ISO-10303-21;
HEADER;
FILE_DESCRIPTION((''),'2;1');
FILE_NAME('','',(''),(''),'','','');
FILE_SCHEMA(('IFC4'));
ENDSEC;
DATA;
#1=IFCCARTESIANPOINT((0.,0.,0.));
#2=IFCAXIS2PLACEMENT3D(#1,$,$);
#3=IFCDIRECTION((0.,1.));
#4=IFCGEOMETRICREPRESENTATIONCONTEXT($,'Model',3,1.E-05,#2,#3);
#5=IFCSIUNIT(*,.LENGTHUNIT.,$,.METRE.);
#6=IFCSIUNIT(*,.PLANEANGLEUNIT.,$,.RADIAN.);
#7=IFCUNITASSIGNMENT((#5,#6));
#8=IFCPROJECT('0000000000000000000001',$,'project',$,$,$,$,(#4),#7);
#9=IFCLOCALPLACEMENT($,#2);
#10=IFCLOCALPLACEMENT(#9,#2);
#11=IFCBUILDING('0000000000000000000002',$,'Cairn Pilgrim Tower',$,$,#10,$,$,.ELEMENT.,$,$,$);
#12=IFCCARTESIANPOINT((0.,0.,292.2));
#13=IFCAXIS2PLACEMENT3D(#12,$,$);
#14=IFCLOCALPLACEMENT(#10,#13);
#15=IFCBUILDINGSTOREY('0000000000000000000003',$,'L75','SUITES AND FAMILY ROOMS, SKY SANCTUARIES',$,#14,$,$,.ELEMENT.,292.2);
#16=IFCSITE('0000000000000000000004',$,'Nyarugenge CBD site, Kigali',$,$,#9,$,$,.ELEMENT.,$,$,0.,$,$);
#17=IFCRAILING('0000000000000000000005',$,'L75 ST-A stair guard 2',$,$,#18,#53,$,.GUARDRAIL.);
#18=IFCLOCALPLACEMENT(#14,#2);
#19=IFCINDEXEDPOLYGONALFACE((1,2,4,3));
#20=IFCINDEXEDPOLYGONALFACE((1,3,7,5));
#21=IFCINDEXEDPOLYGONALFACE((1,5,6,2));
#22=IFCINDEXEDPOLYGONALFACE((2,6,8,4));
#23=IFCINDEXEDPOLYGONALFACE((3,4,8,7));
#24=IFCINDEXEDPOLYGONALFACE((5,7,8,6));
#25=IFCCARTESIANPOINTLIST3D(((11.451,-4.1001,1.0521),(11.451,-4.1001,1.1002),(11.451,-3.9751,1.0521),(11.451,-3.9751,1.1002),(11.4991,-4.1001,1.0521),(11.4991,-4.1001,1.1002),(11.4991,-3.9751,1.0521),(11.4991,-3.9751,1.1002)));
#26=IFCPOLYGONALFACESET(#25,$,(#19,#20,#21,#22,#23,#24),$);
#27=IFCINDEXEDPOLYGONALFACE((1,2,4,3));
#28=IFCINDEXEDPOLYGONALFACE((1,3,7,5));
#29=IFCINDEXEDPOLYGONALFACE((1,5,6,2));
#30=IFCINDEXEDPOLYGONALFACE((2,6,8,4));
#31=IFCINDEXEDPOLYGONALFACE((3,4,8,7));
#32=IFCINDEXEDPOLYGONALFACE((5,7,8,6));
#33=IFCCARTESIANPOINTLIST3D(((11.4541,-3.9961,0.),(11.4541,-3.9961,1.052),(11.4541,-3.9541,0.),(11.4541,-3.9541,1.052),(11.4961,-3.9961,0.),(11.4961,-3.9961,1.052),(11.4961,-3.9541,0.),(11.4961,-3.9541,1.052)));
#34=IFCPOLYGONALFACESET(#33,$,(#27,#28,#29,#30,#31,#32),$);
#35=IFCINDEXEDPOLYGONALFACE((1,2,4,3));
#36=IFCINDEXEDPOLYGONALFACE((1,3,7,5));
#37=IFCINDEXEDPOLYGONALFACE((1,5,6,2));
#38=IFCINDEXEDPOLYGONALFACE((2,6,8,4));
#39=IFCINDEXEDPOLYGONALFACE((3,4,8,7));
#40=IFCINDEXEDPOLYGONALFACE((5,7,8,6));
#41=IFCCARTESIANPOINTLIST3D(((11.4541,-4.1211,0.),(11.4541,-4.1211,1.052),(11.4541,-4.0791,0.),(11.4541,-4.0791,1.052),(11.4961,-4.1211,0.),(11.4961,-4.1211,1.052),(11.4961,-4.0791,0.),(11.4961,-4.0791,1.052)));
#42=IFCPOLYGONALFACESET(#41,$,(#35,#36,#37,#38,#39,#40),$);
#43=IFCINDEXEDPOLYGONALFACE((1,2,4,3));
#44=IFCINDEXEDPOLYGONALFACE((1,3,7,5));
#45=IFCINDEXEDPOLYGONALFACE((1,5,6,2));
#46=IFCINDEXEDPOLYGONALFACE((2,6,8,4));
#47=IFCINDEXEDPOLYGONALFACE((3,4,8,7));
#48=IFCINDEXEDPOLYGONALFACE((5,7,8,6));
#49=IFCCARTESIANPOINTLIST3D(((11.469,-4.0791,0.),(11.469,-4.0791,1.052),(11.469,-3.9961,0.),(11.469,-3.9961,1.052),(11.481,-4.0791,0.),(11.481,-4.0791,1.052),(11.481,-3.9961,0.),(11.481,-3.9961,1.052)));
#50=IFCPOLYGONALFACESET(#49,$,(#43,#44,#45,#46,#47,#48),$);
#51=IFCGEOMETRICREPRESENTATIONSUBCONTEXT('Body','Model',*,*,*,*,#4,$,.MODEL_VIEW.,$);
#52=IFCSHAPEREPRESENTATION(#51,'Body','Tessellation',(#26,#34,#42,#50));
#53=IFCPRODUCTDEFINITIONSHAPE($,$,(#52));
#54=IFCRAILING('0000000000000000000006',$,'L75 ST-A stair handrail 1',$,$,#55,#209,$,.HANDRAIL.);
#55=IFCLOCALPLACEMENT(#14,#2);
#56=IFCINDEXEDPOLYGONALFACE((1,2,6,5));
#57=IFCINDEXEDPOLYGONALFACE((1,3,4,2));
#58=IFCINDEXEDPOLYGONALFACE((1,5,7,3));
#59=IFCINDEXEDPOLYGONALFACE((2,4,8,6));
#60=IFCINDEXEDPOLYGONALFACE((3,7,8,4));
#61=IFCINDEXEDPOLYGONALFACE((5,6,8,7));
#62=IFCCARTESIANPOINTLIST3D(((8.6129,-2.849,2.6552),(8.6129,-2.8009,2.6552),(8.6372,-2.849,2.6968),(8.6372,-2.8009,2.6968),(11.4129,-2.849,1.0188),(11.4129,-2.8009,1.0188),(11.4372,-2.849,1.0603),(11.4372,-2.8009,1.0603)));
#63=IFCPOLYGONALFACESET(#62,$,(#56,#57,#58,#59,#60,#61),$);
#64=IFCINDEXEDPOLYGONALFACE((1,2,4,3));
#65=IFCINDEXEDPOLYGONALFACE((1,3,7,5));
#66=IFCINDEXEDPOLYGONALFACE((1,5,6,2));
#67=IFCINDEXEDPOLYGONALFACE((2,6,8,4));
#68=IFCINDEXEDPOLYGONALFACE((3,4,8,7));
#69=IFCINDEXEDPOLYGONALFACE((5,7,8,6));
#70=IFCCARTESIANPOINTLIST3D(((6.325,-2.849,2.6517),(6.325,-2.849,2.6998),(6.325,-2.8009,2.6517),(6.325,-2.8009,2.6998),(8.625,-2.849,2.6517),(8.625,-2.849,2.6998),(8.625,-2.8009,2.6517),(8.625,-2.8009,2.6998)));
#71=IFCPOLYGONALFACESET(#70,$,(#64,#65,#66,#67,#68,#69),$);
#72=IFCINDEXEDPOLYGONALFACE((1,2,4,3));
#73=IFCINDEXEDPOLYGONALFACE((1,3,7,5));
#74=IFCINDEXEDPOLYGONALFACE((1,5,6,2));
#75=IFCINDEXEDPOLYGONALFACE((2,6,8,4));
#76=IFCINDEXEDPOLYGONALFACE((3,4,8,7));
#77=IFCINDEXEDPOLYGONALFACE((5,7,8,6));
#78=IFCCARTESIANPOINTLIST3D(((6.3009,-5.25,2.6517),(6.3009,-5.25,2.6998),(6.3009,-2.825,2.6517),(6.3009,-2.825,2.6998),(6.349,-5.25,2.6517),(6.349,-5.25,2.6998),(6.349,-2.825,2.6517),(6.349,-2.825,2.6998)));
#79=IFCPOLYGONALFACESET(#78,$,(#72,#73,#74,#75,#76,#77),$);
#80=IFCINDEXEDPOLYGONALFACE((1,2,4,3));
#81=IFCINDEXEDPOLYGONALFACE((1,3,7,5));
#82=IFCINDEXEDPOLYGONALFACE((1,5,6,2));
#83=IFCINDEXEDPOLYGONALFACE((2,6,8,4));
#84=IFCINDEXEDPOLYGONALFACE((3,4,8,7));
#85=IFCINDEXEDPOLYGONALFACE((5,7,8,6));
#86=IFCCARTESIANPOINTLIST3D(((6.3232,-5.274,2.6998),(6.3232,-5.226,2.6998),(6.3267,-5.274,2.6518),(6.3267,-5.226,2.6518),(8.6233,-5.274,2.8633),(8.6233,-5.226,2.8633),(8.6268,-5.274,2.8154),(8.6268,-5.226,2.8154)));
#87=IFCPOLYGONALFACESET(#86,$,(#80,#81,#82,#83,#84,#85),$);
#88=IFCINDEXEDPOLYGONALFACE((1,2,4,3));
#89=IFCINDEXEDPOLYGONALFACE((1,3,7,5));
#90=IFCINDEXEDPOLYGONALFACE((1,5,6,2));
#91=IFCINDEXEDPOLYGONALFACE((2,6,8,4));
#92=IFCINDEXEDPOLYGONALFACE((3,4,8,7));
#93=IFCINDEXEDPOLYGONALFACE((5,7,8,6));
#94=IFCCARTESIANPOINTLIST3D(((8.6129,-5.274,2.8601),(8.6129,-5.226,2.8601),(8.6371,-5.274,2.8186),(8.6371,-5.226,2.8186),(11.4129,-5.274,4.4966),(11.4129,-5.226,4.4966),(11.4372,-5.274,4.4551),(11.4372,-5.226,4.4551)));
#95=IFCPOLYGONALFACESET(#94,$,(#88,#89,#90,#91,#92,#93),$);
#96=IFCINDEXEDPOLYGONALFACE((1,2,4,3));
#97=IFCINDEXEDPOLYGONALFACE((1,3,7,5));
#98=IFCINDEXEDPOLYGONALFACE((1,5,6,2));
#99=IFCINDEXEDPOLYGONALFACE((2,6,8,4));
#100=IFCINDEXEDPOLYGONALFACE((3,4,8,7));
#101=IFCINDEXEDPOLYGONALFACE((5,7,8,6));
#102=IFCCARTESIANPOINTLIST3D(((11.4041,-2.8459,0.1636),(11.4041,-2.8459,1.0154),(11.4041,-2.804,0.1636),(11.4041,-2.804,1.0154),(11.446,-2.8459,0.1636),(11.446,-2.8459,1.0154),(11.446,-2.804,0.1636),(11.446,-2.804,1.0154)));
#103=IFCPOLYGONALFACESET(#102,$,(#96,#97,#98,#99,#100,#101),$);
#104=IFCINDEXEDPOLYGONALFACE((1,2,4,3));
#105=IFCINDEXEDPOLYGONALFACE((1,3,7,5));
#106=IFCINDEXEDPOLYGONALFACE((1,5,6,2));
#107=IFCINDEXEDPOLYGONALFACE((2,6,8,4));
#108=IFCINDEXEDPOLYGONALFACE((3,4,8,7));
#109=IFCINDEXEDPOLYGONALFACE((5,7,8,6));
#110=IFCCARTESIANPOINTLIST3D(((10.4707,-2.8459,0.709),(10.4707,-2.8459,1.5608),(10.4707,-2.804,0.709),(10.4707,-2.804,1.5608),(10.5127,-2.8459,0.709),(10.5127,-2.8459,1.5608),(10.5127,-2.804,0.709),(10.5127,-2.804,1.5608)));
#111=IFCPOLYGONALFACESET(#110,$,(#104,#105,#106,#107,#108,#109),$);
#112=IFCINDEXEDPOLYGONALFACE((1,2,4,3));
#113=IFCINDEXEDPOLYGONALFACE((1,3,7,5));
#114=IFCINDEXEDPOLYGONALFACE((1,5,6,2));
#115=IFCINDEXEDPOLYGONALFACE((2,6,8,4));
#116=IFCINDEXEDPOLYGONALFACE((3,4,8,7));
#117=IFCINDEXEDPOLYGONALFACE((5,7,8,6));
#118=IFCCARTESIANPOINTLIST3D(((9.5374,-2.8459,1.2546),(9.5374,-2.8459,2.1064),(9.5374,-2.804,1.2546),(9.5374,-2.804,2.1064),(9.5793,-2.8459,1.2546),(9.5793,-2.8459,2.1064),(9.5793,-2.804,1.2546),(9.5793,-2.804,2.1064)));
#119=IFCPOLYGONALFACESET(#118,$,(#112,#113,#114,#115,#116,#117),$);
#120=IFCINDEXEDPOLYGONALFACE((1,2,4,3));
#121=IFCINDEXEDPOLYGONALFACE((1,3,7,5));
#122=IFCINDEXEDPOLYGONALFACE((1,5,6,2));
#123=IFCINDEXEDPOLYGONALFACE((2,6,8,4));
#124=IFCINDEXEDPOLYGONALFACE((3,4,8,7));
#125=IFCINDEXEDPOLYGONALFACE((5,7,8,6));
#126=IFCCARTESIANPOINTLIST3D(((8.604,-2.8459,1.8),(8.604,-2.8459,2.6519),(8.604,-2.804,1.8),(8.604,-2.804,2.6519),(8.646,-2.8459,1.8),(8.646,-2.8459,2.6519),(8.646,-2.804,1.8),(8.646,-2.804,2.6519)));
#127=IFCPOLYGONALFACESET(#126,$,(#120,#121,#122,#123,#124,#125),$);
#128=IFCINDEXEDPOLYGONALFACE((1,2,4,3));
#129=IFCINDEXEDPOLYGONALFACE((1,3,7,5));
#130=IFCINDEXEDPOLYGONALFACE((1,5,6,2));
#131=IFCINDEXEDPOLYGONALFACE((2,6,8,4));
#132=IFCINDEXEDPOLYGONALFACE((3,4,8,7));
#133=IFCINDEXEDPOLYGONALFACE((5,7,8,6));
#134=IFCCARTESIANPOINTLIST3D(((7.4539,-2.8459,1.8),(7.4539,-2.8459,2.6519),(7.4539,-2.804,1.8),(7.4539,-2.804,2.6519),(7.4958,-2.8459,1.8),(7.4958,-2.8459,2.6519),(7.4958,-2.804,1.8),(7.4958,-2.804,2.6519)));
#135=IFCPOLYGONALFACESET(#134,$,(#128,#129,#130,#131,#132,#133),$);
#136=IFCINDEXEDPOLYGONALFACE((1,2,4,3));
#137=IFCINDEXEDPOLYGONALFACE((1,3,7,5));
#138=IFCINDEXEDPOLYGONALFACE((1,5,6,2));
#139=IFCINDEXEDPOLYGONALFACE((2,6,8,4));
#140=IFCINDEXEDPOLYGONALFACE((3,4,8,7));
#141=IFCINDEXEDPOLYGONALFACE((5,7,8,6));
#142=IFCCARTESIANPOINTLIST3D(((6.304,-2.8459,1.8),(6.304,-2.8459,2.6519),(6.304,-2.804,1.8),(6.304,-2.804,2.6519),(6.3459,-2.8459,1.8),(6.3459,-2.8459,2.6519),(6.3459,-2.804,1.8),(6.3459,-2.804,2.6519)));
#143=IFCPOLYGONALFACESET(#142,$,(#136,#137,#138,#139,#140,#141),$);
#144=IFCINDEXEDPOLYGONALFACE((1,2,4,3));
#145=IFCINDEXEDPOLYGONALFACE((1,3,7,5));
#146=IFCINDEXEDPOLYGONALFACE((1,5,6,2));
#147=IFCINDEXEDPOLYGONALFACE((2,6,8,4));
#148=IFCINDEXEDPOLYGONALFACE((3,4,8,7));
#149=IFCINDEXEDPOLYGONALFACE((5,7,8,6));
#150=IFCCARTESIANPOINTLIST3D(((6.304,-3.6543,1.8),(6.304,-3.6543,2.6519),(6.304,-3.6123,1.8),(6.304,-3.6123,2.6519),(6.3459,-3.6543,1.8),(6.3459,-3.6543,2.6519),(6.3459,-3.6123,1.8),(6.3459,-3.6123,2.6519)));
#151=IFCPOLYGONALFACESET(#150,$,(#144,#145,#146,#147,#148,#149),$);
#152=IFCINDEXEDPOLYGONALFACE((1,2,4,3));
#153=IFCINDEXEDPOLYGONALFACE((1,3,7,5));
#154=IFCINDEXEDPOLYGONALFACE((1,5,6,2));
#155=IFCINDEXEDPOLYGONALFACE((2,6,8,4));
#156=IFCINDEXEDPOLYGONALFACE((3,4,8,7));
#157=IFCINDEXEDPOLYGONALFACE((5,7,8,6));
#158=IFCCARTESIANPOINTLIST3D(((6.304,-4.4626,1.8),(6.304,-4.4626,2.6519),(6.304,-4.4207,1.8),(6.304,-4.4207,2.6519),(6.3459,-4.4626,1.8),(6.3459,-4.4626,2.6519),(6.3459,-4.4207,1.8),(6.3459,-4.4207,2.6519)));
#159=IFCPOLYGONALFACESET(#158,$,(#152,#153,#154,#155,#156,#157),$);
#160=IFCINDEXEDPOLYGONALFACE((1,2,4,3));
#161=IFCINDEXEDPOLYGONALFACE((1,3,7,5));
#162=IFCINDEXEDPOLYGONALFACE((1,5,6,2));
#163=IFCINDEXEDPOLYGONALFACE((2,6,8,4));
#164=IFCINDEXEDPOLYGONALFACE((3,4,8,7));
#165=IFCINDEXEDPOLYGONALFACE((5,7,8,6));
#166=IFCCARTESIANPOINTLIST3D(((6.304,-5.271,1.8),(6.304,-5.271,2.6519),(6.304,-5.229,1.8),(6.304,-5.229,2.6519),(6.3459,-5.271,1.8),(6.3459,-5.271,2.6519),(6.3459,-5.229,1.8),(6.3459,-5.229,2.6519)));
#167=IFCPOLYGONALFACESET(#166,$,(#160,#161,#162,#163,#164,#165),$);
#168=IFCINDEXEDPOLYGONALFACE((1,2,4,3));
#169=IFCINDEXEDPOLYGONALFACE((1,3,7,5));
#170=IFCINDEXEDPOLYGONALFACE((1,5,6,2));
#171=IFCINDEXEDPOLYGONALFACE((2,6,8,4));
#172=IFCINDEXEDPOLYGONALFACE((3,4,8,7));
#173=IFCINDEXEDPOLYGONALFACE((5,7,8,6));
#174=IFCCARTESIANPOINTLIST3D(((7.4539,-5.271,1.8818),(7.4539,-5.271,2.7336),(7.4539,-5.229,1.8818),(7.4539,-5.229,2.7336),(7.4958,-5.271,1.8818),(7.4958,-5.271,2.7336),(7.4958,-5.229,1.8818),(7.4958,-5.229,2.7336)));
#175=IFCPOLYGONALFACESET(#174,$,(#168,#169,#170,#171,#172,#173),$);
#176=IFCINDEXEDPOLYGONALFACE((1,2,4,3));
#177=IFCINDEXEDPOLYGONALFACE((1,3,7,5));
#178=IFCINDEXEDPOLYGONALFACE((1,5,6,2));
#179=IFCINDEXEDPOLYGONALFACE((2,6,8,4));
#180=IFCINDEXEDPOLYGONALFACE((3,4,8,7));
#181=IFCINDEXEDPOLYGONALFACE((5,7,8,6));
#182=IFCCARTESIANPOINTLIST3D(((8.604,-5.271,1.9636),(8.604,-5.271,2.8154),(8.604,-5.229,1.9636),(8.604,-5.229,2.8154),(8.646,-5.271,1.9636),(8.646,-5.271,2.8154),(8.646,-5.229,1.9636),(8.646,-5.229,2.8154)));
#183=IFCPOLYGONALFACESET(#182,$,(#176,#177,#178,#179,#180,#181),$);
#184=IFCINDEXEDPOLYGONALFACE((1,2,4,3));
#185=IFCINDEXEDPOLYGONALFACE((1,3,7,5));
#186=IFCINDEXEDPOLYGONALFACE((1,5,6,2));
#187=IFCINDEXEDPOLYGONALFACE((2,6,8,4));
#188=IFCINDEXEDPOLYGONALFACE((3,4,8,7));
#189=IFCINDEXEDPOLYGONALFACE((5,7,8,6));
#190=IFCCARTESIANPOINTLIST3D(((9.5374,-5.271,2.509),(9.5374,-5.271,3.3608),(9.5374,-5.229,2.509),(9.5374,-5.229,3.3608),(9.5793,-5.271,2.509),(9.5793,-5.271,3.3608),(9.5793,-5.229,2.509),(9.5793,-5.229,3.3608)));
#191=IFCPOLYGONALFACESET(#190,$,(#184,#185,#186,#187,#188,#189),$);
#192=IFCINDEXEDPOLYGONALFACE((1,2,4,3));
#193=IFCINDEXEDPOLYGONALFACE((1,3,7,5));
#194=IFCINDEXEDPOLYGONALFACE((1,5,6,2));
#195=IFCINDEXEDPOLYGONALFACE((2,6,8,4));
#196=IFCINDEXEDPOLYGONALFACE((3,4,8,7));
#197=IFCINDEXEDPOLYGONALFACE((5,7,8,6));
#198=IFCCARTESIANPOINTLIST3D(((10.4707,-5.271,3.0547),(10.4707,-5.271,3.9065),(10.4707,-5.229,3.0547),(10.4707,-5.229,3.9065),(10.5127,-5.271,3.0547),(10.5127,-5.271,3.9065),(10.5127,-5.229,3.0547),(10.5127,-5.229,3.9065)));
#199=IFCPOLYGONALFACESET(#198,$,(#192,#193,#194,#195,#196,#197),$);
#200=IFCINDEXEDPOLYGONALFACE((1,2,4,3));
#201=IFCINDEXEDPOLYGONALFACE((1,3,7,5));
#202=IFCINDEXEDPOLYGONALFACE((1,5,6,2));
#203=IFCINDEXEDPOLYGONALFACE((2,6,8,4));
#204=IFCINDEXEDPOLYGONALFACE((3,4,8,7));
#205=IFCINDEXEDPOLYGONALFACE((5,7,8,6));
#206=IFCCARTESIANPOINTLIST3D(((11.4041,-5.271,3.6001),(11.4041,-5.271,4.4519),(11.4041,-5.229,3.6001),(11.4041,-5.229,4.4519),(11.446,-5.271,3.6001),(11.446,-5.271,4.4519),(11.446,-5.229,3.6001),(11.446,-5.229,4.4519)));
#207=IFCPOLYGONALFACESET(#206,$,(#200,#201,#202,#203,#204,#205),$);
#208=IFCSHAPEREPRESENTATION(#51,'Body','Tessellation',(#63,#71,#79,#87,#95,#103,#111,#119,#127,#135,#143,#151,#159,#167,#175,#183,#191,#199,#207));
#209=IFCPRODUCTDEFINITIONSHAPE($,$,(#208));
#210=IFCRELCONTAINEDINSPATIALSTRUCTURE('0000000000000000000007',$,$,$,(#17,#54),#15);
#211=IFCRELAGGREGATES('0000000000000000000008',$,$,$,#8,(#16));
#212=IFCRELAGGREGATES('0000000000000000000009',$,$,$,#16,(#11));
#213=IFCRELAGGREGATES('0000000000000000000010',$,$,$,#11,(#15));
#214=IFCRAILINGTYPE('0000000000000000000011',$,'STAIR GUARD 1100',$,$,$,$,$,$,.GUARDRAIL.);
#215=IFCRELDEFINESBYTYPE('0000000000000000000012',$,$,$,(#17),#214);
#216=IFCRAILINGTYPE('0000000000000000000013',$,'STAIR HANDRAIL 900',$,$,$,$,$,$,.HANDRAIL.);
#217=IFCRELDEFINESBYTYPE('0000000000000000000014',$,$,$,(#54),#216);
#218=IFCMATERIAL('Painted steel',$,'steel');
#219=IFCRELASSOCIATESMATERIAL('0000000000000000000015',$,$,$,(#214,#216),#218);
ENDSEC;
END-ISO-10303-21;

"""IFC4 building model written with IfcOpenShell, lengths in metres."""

from ifc_helpers import new_model, si_unit, direction, frame, origin, origin_2d, place, context, subcontext, project, spatial, polyline, rectangle, outline, extrude, material, type_object, element, save


model = new_model("IFC4")

# Units and contexts
model_context = context("Model", 3, precision=1e-05, world=origin(), true_north=direction((0.0, 1.0)))
body_context = subcontext(model_context, "Body", "Model", "MODEL_VIEW")
ifc_project = project(units=[si_unit("LENGTHUNIT", "METRE"), si_unit("PLANEANGLEUNIT", "RADIAN")], contexts=[model_context])

# Site, building, storey
site_placement = place(None, origin())
site = spatial("IfcSite", under=ifc_project, at=site_placement, Name="Nyarugenge CBD site, Kigali", CompositionType="ELEMENT", RefElevation=0.0)
building_placement = place(site_placement, origin())
building = spatial("IfcBuilding", under=site, at=building_placement, Name="Cairn Pilgrim Tower", CompositionType="ELEMENT")
storey_placement = place(building_placement, frame((0.0, 0.0, 292.2)))
storey = spatial("IfcBuildingStorey", under=building, at=storey_placement, Name="L75", Description="SUITES AND FAMILY ROOMS, SKY SANCTUARIES", CompositionType="ELEMENT", Elevation=292.2)

# Shared definitions
ifc_material_1 = material(Name="Painted steel", Category="steel")

# Railings
railing_type_1 = type_object("IfcRailingType", Name="STAIR GUARD 1100", PredefinedType="GUARDRAIL", material=ifc_material_1)
railing_1_placement = place(storey_placement, frame((11.4751, -3.9751, 0.0)))
element("IfcRailing", 1, at=railing_1_placement, inside=storey, type_object=railing_type_1, Name="L75 ST-A stair guard 2", PredefinedType="GUARDRAIL", context=body_context, shape_type="SweptSolid", body=[
    extrude(rectangle(XDim=0.0481, YDim=0.0481, at=origin_2d()), frame((0.0, 0.0, 1.0762), z_axis=(0.0, -1.0, 0.0), x_axis=(1.0, 0.0, 0.0)), (0.0, 0.0, 1.0), 0.125),
    extrude(rectangle(XDim=0.042, YDim=0.042, at=origin_2d()), origin(), (0.0, 0.0, 1.0), 1.052),
    extrude(rectangle(XDim=0.042, YDim=0.042, at=origin_2d()), frame((0.0, -0.125, 0.0)), (0.0, 0.0, 1.0), 1.052),
    extrude(outline(polyline([(0.021, 0.0), (0.104, 0.0), (0.104, 1.052), (0.021, 1.052), (0.021, 0.0)])), frame((0.0059, 0.0, 0.0), z_axis=(-1.0, 0.0, 0.0), x_axis=(0.0, -1.0, 0.0)), (0.0, 0.0, 1.0), 0.012),
])
railing_type_2 = type_object("IfcRailingType", Name="STAIR HANDRAIL 900", PredefinedType="HANDRAIL", material=ifc_material_1)
railing_2_placement = place(storey_placement, frame((11.425, -2.825, 0.1636)))
element("IfcRailing", 2, at=railing_2_placement, inside=storey, type_object=railing_type_2, Name="L75 ST-A stair handrail 1", PredefinedType="HANDRAIL", context=body_context, shape_type="SweptSolid", body=[
    extrude(rectangle(XDim=0.0481, YDim=0.0481, at=origin_2d()), frame((0.0, 0.0, 0.876), z_axis=(-0.863361, 0.0, 0.504587), x_axis=(0.0, -1.0, 0.0)), (0.0, 0.0, 1.0), 3.2432),
    extrude(rectangle(XDim=0.0481, YDim=0.0481, at=origin_2d()), frame((-2.8, 0.0, 2.5122), z_axis=(-1.0, 0.0, 0.0), x_axis=(0.0, -1.0, 0.0)), (0.0, 0.0, 1.0), 2.3),
    extrude(rectangle(XDim=0.0481, YDim=0.0481, at=origin_2d()), frame((-5.1001, 0.0, 2.5122), z_axis=(0.0, -1.0, 0.0), x_axis=(1.0, 0.0, 0.0)), (0.0, 0.0, 1.0), 2.425),
    extrude(rectangle(XDim=0.0481, YDim=0.0481, at=origin_2d()), frame((-5.1001, -2.425, 2.5122), z_axis=(0.997481, 0.0, 0.070939), x_axis=(0.0, 1.0, 0.0)), (0.0, 0.0, 1.0), 2.3059),
    extrude(rectangle(XDim=0.0481, YDim=0.0481, at=origin_2d()), frame((-2.8, -2.425, 2.6758), z_axis=(0.863361, 0.0, 0.504587), x_axis=(0.0, 1.0, 0.0)), (0.0, 0.0, 1.0), 3.2432),
    extrude(rectangle(XDim=0.042, YDim=0.042, at=origin_2d()), origin(), (0.0, 0.0, 1.0), 0.8518),
    extrude(rectangle(XDim=0.042, YDim=0.042, at=origin_2d()), frame((-0.9333, 0.0, 0.5454)), (0.0, 0.0, 1.0), 0.8518),
    extrude(rectangle(XDim=0.042, YDim=0.042, at=origin_2d()), frame((-1.8667, 0.0, 1.0911)), (0.0, 0.0, 1.0), 0.8518),
    extrude(rectangle(XDim=0.042, YDim=0.042, at=origin_2d()), frame((-2.8, 0.0, 1.6365)), (0.0, 0.0, 1.0), 0.8518),
    extrude(rectangle(XDim=0.042, YDim=0.042, at=origin_2d()), frame((-3.9502, 0.0, 1.6365)), (0.0, 0.0, 1.0), 0.8518),
    extrude(rectangle(XDim=0.042, YDim=0.042, at=origin_2d()), frame((-5.1001, 0.0, 1.6365)), (0.0, 0.0, 1.0), 0.8518),
    extrude(rectangle(XDim=0.042, YDim=0.042, at=origin_2d()), frame((-5.1001, -0.8083, 1.6365)), (0.0, 0.0, 1.0), 0.8518),
    extrude(rectangle(XDim=0.042, YDim=0.042, at=origin_2d()), frame((-5.1001, -1.6167, 1.6365)), (0.0, 0.0, 1.0), 0.8518),
    extrude(rectangle(XDim=0.042, YDim=0.042, at=origin_2d()), frame((-5.1001, -2.425, 1.6365)), (0.0, 0.0, 1.0), 0.8518),
    extrude(rectangle(XDim=0.042, YDim=0.042, at=origin_2d()), frame((-3.9502, -2.425, 1.7183)), (0.0, 0.0, 1.0), 0.8518),
    extrude(rectangle(XDim=0.042, YDim=0.042, at=origin_2d()), frame((-2.8, -2.425, 1.8)), (0.0, 0.0, 1.0), 0.8518),
    extrude(rectangle(XDim=0.042, YDim=0.042, at=origin_2d()), frame((-1.8667, -2.425, 2.3455)), (0.0, 0.0, 1.0), 0.8518),
    extrude(rectangle(XDim=0.042, YDim=0.042, at=origin_2d()), frame((-0.9333, -2.425, 2.8911)), (0.0, 0.0, 1.0), 0.8518),
    extrude(rectangle(XDim=0.042, YDim=0.042, at=origin_2d()), frame((0.0, -2.425, 3.4365)), (0.0, 0.0, 1.0), 0.8518),
])

save(model, "model.ifc")
